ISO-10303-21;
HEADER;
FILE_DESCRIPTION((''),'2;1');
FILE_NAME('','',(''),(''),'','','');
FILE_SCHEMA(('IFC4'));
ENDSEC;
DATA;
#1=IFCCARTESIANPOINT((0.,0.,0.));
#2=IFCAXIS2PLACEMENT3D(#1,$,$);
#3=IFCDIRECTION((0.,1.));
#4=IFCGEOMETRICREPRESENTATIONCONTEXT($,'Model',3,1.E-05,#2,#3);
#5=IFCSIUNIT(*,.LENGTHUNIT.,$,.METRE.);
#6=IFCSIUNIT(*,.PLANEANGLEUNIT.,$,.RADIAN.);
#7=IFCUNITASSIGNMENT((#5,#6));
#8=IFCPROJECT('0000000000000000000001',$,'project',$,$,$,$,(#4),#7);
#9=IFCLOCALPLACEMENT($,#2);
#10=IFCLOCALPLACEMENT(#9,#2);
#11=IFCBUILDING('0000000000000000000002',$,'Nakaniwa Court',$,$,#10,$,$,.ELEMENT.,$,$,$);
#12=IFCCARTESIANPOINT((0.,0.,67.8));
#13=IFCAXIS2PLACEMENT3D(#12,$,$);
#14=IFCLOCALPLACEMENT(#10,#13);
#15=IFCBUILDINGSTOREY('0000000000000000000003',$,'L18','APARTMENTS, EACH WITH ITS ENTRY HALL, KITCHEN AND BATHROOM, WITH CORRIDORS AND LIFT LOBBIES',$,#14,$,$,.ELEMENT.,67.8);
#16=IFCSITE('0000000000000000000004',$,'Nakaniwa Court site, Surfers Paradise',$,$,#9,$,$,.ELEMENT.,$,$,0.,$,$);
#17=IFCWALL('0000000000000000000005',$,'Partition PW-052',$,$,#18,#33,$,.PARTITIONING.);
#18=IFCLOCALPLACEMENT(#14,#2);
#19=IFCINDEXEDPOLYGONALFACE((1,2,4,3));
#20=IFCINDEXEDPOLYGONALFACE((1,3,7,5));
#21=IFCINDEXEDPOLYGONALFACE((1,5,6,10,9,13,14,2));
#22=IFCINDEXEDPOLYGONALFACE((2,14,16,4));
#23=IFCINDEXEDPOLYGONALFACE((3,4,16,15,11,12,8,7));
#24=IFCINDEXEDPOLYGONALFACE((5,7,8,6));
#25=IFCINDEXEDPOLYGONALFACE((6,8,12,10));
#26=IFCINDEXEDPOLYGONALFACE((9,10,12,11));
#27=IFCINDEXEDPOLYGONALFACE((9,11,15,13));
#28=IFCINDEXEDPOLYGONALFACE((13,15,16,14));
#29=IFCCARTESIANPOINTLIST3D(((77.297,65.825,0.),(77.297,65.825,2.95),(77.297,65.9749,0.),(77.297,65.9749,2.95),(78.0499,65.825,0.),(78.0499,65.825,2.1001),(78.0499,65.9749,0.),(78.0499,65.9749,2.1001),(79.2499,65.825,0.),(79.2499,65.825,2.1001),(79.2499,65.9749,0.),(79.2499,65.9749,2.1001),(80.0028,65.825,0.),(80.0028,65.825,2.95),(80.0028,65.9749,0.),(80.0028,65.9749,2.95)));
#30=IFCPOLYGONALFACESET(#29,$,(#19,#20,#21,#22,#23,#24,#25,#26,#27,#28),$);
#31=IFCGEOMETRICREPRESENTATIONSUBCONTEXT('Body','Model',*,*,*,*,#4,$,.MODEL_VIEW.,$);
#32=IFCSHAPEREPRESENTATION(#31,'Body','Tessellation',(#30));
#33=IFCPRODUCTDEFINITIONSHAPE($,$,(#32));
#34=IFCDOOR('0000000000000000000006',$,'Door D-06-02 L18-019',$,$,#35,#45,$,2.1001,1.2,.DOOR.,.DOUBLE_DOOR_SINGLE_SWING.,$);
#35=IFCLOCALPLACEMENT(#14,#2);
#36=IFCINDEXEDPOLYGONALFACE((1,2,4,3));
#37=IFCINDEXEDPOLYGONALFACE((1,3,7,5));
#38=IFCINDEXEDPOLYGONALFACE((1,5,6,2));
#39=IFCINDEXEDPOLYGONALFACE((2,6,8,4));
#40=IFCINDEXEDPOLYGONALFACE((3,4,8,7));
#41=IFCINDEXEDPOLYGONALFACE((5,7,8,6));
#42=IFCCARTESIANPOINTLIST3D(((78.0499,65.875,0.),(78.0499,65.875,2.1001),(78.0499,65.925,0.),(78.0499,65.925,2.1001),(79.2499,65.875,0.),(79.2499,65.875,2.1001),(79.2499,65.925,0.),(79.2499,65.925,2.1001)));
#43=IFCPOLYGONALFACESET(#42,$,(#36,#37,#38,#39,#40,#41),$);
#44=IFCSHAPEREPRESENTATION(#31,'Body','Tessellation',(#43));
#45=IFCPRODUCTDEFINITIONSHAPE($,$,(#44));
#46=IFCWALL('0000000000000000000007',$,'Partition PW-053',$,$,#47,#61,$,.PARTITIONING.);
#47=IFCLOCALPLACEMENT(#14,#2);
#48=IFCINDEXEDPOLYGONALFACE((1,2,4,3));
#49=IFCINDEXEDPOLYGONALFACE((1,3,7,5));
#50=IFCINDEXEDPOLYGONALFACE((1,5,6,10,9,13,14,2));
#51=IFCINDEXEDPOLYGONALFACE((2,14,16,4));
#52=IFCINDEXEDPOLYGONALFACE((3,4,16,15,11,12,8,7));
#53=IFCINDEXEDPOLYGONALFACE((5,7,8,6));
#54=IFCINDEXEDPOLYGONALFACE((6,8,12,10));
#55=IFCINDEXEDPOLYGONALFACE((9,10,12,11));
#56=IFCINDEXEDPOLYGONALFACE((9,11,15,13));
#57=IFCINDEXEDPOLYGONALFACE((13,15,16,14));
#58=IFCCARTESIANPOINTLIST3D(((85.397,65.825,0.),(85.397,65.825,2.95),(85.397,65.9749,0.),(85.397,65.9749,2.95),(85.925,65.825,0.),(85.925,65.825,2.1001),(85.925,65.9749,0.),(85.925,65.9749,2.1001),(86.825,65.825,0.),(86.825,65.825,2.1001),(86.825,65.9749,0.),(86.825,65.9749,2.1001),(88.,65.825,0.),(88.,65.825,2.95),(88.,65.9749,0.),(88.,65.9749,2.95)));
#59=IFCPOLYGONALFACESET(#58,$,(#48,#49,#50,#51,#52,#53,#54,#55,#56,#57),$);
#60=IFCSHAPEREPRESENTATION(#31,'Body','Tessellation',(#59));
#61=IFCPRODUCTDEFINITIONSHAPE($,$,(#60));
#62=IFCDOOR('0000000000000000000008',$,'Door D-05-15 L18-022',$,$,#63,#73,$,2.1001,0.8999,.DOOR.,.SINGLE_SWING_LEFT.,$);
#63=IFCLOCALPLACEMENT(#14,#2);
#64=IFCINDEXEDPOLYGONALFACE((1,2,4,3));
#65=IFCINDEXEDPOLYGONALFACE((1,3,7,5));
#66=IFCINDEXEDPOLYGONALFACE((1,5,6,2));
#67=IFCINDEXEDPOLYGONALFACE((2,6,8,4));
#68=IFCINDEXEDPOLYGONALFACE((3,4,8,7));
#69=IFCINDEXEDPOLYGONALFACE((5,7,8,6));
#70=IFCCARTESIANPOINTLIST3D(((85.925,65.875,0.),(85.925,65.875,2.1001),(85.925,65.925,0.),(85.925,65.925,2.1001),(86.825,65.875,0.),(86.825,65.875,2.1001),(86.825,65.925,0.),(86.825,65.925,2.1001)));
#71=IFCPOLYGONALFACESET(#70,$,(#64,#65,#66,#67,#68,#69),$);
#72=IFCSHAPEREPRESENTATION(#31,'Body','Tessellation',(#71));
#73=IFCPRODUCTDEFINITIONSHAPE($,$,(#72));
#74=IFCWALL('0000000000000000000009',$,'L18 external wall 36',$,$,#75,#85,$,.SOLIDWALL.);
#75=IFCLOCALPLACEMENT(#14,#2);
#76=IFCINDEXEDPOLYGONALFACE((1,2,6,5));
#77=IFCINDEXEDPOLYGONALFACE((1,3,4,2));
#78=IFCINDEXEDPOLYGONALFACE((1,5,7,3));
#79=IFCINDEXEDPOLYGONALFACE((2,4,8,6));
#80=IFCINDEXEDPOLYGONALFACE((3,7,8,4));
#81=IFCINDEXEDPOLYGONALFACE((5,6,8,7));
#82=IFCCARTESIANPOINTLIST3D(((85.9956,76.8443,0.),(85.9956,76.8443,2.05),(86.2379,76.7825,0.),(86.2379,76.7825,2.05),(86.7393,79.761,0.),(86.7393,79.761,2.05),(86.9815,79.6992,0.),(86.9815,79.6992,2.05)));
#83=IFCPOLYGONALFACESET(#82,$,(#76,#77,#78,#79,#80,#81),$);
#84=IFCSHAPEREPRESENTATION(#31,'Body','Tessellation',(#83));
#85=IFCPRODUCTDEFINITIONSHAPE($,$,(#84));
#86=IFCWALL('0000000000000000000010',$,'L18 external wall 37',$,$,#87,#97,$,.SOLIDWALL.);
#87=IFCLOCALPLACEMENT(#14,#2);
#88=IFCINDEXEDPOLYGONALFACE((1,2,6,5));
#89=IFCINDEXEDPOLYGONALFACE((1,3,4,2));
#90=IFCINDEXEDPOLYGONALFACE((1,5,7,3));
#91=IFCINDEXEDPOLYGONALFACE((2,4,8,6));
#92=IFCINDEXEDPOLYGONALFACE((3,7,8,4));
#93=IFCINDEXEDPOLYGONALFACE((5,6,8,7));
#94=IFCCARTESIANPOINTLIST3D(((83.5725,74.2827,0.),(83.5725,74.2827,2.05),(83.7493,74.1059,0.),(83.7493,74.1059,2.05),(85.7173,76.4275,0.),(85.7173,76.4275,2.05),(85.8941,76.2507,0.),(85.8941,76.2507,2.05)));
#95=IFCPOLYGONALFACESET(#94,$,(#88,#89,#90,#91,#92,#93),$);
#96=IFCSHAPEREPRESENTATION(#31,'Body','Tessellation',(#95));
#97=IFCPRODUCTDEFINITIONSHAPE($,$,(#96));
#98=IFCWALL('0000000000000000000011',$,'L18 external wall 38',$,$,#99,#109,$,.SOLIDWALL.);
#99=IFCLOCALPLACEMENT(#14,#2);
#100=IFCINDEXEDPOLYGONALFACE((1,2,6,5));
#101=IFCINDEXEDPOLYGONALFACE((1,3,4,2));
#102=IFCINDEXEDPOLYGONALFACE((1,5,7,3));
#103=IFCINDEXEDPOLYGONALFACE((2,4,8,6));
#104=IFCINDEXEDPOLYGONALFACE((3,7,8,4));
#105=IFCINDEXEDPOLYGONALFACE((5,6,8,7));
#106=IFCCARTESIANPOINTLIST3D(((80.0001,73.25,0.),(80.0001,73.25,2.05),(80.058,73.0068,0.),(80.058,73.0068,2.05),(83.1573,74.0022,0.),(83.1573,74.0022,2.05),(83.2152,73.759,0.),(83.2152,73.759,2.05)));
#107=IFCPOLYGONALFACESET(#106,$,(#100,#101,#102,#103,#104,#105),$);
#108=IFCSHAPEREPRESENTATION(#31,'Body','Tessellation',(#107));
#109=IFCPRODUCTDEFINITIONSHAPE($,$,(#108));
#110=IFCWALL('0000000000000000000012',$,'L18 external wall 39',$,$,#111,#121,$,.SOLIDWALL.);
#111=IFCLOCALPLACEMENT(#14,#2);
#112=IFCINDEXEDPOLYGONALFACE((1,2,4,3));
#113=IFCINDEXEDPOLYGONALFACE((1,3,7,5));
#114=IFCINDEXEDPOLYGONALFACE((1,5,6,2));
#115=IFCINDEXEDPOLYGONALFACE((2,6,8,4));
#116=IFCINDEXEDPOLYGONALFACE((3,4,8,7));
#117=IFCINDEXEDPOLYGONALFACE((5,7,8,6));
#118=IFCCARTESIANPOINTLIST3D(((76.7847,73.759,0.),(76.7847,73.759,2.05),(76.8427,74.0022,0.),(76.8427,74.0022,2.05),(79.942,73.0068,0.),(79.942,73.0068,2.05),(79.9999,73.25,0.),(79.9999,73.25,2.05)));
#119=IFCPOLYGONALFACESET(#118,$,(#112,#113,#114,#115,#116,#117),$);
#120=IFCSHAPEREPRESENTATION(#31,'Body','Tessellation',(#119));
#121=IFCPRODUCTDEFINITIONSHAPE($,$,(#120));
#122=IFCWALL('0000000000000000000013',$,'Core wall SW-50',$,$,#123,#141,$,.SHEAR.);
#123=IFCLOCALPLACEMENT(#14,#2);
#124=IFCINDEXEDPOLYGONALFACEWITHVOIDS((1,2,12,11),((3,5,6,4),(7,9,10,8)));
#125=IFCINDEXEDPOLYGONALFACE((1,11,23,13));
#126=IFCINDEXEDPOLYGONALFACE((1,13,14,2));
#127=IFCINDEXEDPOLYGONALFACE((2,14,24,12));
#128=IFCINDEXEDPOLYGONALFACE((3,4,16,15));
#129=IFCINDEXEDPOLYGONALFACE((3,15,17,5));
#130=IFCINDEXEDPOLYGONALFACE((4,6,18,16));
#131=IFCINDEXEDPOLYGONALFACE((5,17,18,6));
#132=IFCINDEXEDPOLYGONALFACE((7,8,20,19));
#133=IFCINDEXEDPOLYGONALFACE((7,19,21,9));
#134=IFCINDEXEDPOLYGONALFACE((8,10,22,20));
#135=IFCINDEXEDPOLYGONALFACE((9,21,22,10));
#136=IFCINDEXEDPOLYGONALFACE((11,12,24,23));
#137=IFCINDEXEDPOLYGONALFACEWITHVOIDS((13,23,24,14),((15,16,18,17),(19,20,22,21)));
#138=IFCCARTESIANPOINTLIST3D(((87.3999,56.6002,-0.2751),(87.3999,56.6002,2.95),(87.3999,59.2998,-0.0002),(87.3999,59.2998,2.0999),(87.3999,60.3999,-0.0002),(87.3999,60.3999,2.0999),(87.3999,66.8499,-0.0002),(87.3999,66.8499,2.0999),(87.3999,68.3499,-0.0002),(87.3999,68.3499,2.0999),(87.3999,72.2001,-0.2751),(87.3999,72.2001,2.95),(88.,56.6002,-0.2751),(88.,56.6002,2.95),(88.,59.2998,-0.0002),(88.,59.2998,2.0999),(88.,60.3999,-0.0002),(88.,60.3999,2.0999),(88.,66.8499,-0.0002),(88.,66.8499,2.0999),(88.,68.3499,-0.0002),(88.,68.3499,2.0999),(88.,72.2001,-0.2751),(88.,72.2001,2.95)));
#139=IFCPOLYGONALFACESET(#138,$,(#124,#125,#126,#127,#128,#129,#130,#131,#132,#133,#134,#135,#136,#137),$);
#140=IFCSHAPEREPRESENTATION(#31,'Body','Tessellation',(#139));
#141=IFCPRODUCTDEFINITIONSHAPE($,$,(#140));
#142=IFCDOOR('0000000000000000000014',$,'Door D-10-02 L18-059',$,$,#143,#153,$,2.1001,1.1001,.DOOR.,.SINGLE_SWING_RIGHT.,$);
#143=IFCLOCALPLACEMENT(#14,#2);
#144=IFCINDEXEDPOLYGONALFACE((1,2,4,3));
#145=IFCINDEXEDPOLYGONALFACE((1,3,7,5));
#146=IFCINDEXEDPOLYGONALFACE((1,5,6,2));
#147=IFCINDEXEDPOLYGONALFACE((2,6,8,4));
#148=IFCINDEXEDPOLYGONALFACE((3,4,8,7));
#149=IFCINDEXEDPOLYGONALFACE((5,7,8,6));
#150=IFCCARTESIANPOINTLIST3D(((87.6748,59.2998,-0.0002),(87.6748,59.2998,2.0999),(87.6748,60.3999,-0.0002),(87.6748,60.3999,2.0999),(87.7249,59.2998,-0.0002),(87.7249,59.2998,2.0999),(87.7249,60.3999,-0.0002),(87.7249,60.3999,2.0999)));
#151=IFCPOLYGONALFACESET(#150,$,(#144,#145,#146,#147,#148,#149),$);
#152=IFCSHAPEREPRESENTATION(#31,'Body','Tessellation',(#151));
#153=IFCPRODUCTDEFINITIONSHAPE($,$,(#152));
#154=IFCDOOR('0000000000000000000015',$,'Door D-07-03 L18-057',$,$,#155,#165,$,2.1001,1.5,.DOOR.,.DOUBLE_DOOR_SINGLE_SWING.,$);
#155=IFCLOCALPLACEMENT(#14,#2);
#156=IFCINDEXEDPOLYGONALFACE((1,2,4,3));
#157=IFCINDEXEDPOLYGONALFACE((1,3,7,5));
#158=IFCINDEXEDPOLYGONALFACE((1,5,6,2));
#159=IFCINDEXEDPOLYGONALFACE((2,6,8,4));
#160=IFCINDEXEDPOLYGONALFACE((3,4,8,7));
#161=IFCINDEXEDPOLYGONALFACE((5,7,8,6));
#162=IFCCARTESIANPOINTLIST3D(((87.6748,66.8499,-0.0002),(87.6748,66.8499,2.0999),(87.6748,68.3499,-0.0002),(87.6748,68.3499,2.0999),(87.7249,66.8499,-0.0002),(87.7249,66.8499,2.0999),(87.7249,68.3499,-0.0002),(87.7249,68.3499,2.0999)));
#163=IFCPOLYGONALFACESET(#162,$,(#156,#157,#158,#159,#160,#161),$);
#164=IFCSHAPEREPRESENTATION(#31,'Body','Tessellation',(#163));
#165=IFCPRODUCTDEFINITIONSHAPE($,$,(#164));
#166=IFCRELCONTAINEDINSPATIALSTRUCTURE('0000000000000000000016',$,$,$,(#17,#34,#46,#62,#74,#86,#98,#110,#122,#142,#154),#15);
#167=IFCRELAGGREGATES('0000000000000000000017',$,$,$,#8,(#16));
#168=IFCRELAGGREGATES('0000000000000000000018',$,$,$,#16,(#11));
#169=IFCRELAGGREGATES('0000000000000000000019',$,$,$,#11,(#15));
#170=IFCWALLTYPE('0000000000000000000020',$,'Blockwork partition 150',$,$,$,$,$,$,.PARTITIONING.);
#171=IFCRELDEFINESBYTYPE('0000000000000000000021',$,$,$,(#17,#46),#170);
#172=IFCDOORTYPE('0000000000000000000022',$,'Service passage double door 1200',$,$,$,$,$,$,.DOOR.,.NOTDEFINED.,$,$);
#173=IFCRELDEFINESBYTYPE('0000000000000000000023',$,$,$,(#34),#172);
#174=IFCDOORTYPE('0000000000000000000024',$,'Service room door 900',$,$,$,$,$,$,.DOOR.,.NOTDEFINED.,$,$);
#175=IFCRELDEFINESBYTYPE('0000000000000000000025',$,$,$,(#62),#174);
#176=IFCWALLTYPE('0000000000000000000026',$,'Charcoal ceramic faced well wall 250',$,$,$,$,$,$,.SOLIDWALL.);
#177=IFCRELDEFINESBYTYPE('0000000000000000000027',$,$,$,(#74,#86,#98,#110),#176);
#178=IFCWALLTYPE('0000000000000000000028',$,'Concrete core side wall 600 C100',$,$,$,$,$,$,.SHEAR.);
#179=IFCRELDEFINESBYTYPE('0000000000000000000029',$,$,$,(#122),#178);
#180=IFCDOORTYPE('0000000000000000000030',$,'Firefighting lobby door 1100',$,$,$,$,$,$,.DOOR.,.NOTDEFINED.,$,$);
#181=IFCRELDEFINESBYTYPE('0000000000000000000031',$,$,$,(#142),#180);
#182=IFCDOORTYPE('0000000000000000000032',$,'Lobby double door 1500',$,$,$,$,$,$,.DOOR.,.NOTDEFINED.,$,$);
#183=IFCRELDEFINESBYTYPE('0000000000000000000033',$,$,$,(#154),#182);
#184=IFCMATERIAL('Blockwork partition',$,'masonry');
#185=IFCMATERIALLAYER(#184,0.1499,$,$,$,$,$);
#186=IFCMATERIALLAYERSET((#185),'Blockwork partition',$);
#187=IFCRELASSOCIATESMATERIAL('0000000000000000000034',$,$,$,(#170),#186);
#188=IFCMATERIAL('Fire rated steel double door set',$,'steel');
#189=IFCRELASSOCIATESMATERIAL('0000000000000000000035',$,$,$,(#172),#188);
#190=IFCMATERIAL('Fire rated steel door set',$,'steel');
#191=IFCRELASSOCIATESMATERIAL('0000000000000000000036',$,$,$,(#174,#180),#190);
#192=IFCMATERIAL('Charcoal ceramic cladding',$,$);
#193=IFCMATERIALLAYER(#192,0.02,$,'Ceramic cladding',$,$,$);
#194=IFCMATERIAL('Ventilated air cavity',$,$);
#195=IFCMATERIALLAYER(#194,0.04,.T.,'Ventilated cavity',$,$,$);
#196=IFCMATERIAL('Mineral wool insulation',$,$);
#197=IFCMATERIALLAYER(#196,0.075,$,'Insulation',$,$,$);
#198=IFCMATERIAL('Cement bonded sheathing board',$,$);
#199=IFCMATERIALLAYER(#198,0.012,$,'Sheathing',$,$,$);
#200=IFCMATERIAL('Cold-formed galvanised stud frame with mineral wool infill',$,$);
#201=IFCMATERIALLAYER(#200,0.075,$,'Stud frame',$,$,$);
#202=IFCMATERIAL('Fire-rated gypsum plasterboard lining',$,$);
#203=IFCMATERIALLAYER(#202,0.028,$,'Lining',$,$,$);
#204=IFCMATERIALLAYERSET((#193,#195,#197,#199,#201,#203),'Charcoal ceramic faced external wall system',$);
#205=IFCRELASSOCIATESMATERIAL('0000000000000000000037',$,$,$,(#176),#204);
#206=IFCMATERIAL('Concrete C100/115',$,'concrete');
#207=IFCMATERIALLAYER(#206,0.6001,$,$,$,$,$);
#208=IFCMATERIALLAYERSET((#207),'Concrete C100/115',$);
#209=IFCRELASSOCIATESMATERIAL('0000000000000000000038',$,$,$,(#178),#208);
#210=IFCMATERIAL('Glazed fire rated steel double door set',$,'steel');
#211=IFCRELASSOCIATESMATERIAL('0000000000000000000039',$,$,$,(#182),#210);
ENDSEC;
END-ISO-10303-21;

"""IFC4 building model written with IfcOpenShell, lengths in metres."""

from ifc_helpers import new_model, si_unit, direction, frame, frame_2d, origin, place, context, subcontext, project, spatial, rectangle, extrude, material, layer, layer_set, type_object, element, fill, save


model = new_model("IFC4")

# Units and contexts
model_context = context("Model", 3, precision=1e-05, world=origin(), true_north=direction((0.0, 1.0)))
body_context = subcontext(model_context, "Body", "Model", "MODEL_VIEW")
ifc_project = project(units=[si_unit("LENGTHUNIT", "METRE"), si_unit("PLANEANGLEUNIT", "RADIAN")], contexts=[model_context])

# Site, building, storey
site_placement = place(None, origin())
site = spatial("IfcSite", under=ifc_project, at=site_placement, Name="Nakaniwa Court site, Surfers Paradise", CompositionType="ELEMENT", RefElevation=0.0)
building_placement = place(site_placement, origin())
building = spatial("IfcBuilding", under=site, at=building_placement, Name="Nakaniwa Court", CompositionType="ELEMENT")
storey_placement = place(building_placement, frame((0.0, 0.0, 67.8)))
storey = spatial("IfcBuildingStorey", under=building, at=storey_placement, Name="L18", Description="APARTMENTS, EACH WITH ITS ENTRY HALL, KITCHEN AND BATHROOM, WITH CORRIDORS AND LIFT LOBBIES", CompositionType="ELEMENT", Elevation=67.8)

# Shared definitions
ifc_material_1 = material(Name="Concrete C100/115", Category="concrete")

# Walls, openings, doors
ifc_material_2 = material(Name="Blockwork partition", Category="masonry")
ifc_layer_1 = layer(ifc_material_2, 0.1499)
ifc_layer_set_1 = layer_set([ifc_layer_1], Name="Blockwork partition")
wall_type_1 = type_object("IfcWallType", Name="Blockwork partition 150", PredefinedType="PARTITIONING", material=ifc_layer_set_1)
wall_1_placement = place(storey_placement, frame((80.0029, 65.8999, 0.0), z_axis=(0.0, 0.0, 1.0), x_axis=(-1.0, 0.0, 0.0)))
wall_1 = element("IfcWall", 1, at=wall_1_placement, inside=storey, type_object=wall_type_1, Name="Partition PW-052", PredefinedType="PARTITIONING", context=body_context, shape_type="SweptSolid", body=[
    extrude(rectangle(XDim=2.7058, YDim=0.1499, at=frame_2d((1.353, 0.0))), origin(), (0.0, 0.0, 1.0), 2.95),
])
opening_1_placement = place(wall_1_placement, frame((0.7529, 0.0, 0.0)))
opening_1 = element("IfcOpeningElement", 2, at=opening_1_placement, cuts=wall_1, PredefinedType="OPENING", context=body_context, shape_type="SweptSolid", body=[
    extrude(rectangle(XDim=1.2, YDim=2.1001, at=frame_2d((0.6001, 1.05))), frame((0.0, 0.085, 0.0), z_axis=(0.0, -1.0, 0.0), x_axis=(1.0, 0.0, 0.0)), (0.0, 0.0, 1.0), 0.1699),
])
ifc_material_3 = material(Name="Fire rated steel double door set", Category="steel")
door_type_1 = type_object("IfcDoorType", Name="Service passage double door 1200", OperationType="NOTDEFINED", PredefinedType="DOOR", material=ifc_material_3)
door_1_placement = place(opening_1_placement, origin())
door_1 = element("IfcDoor", 3, at=door_1_placement, inside=storey, type_object=door_type_1, Name="Door D-06-02 L18-019", OperationType="DOUBLE_DOOR_SINGLE_SWING", OverallHeight=2.1001, OverallWidth=1.2, PredefinedType="DOOR", context=body_context, shape_type="SweptSolid", body=[
    extrude(rectangle(XDim=1.2, YDim=2.1001, at=frame_2d((0.6001, 1.05))), frame((0.0, 0.0249, 0.0), z_axis=(0.0, -1.0, 0.0), x_axis=(1.0, 0.0, 0.0)), (0.0, 0.0, 1.0), 0.05),
])
fill(opening_1, door_1)
wall_2_placement = place(storey_placement, frame((88.0, 65.8999, 0.0), z_axis=(0.0, 0.0, 1.0), x_axis=(-1.0, 0.0, 0.0)))
wall_2 = element("IfcWall", 4, at=wall_2_placement, inside=storey, type_object=wall_type_1, Name="Partition PW-053", PredefinedType="PARTITIONING", context=body_context, shape_type="SweptSolid", body=[
    extrude(rectangle(XDim=2.603, YDim=0.1499, at=frame_2d((1.3015, 0.0))), origin(), (0.0, 0.0, 1.0), 2.95),
])
opening_2_placement = place(wall_2_placement, frame((1.175, 0.0, 0.0)))
opening_2 = element("IfcOpeningElement", 5, at=opening_2_placement, cuts=wall_2, PredefinedType="OPENING", context=body_context, shape_type="SweptSolid", body=[
    extrude(rectangle(XDim=0.8999, YDim=2.1001, at=frame_2d((0.45, 1.05))), frame((0.0, 0.085, 0.0), z_axis=(0.0, -1.0, 0.0), x_axis=(1.0, 0.0, 0.0)), (0.0, 0.0, 1.0), 0.1699),
])
ifc_material_4 = material(Name="Fire rated steel door set", Category="steel")
door_type_2 = type_object("IfcDoorType", Name="Service room door 900", OperationType="NOTDEFINED", PredefinedType="DOOR", material=ifc_material_4)
door_2_placement = place(opening_2_placement, origin())
door_2 = element("IfcDoor", 6, at=door_2_placement, inside=storey, type_object=door_type_2, Name="Door D-05-15 L18-022", OperationType="SINGLE_SWING_LEFT", OverallHeight=2.1001, OverallWidth=0.8999, PredefinedType="DOOR", context=body_context, shape_type="SweptSolid", body=[
    extrude(rectangle(XDim=0.8999, YDim=2.1001, at=frame_2d((0.45, 1.05))), frame((0.0, 0.0249, 0.0), z_axis=(0.0, -1.0, 0.0), x_axis=(1.0, 0.0, 0.0)), (0.0, 0.0, 1.0), 0.05),
])
fill(opening_2, door_2)

# Walls
ifc_material_5 = material(Name="Charcoal ceramic cladding")
ifc_layer_2 = layer(ifc_material_5, 0.02, Name="Ceramic cladding")
ifc_material_6 = material(Name="Ventilated air cavity")
ifc_layer_3 = layer(ifc_material_6, 0.04, ventilated=True, Name="Ventilated cavity")
ifc_material_7 = material(Name="Mineral wool insulation")
ifc_layer_4 = layer(ifc_material_7, 0.075, Name="Insulation")
ifc_material_8 = material(Name="Cement bonded sheathing board")
ifc_layer_5 = layer(ifc_material_8, 0.012, Name="Sheathing")
ifc_material_9 = material(Name="Cold-formed galvanised stud frame with mineral wool infill")
ifc_layer_6 = layer(ifc_material_9, 0.075, Name="Stud frame")
ifc_material_10 = material(Name="Fire-rated gypsum plasterboard lining")
ifc_layer_7 = layer(ifc_material_10, 0.028, Name="Lining")
ifc_layer_set_2 = layer_set([ifc_layer_2, ifc_layer_3, ifc_layer_4, ifc_layer_5, ifc_layer_6, ifc_layer_7], Name="Charcoal ceramic faced external wall system")
wall_type_2 = type_object("IfcWallType", Name="Charcoal ceramic faced well wall 250", PredefinedType="SOLIDWALL", material=ifc_layer_set_2)
wall_3_placement = place(storey_placement, frame((86.8604, 79.73, 0.0), z_axis=(0.0, 0.0, 1.0), x_axis=(-0.247056, -0.969001, 0.0)))
element("IfcWall", 7, at=wall_3_placement, inside=storey, type_object=wall_type_2, Name="L18 external wall 36", PredefinedType="SOLIDWALL", context=body_context, shape_type="SweptSolid", body=[
    extrude(rectangle(XDim=3.01, YDim=0.25, at=frame_2d((1.5049, 0.0))), origin(), (0.0, 0.0, 1.0), 2.05),
])
wall_4_placement = place(storey_placement, frame((85.8057, 76.3391, 0.0), z_axis=(0.0, 0.0, 1.0), x_axis=(-0.707107, -0.707107, 0.0)))
element("IfcWall", 8, at=wall_4_placement, inside=storey, type_object=wall_type_2, Name="L18 external wall 37", PredefinedType="SOLIDWALL", context=body_context, shape_type="SweptSolid", body=[
    extrude(rectangle(XDim=3.0332, YDim=0.25, at=frame_2d((1.5166, 0.0))), origin(), (0.0, 0.0, 1.0), 2.05),
])
for number, where, z_axis, x_axis, name in (
    (9, (83.1863, 73.8806, 0.0), (0.0, 0.0, 1.0), (-0.972773, -0.23176, 0.0), "L18 external wall 38"),
    (10, (79.9709, 73.1284, 0.0), (0.0, 0.0, 1.0), (-0.972773, 0.23176, 0.0), "L18 external wall 39"),
):
    element("IfcWall", number, at=place(storey_placement, frame(where, z_axis=z_axis, x_axis=x_axis)), inside=storey, type_object=wall_type_2, Name=name, PredefinedType="SOLIDWALL", context=body_context, shape_type="SweptSolid", body=[
        extrude(rectangle(XDim=3.2456, YDim=0.25, at=frame_2d((1.6228, 0.0))), origin(), (0.0, 0.0, 1.0), 2.05),
    ])

# Wall, openings, doors
ifc_layer_8 = layer(ifc_material_1, 0.6001)
ifc_layer_set_3 = layer_set([ifc_layer_8], Name="Concrete C100/115")
wall_type_3 = type_object("IfcWallType", Name="Concrete core side wall 600 C100", PredefinedType="SHEAR", material=ifc_layer_set_3)
wall_5_placement = place(storey_placement, frame((87.7, 72.2, -0.2751), z_axis=(0.0, 0.0, 1.0), x_axis=(0.0, -1.0, 0.0)))
wall_5 = element("IfcWall", 11, at=wall_5_placement, inside=storey, type_object=wall_type_3, Name="Core wall SW-50", PredefinedType="SHEAR", context=body_context, shape_type="SweptSolid", body=[
    extrude(rectangle(XDim=15.5999, YDim=0.6001, at=frame_2d((7.7998, 0.0))), origin(), (0.0, 0.0, 1.0), 3.2251),
])
opening_3_placement = place(wall_5_placement, frame((3.8501, 0.0, 0.2749)))
opening_3 = element("IfcOpeningElement", 12, at=opening_3_placement, cuts=wall_5, PredefinedType="OPENING", context=body_context, shape_type="SweptSolid", body=[
    extrude(rectangle(XDim=1.5, YDim=2.1001, at=frame_2d((0.75, 1.05))), frame((0.0, 0.3101, 0.0), z_axis=(0.0, -1.0, 0.0), x_axis=(1.0, 0.0, 0.0)), (0.0, 0.0, 1.0), 0.6201),
])
opening_4_placement = place(wall_5_placement, frame((11.8, 0.0, 0.2749)))
opening_4 = element("IfcOpeningElement", 13, at=opening_4_placement, cuts=wall_5, PredefinedType="OPENING", context=body_context, shape_type="SweptSolid", body=[
    extrude(rectangle(XDim=1.1001, YDim=2.1001, at=frame_2d((0.55, 1.05))), frame((0.0, 0.3101, 0.0), z_axis=(0.0, -1.0, 0.0), x_axis=(1.0, 0.0, 0.0)), (0.0, 0.0, 1.0), 0.6201),
])
door_type_3 = type_object("IfcDoorType", Name="Firefighting lobby door 1100", OperationType="NOTDEFINED", PredefinedType="DOOR", material=ifc_material_4)
door_3_placement = place(opening_4_placement, origin())
door_3 = element("IfcDoor", 14, at=door_3_placement, inside=storey, type_object=door_type_3, Name="Door D-10-02 L18-059", OperationType="SINGLE_SWING_RIGHT", OverallHeight=2.1001, OverallWidth=1.1001, PredefinedType="DOOR", context=body_context, shape_type="SweptSolid", body=[
    extrude(rectangle(XDim=1.1001, YDim=2.1001, at=frame_2d((0.55, 1.05))), frame((0.0, 0.0249, 0.0), z_axis=(0.0, -1.0, 0.0), x_axis=(1.0, 0.0, 0.0)), (0.0, 0.0, 1.0), 0.05),
])
fill(opening_4, door_3)
ifc_material_11 = material(Name="Glazed fire rated steel double door set", Category="steel")
door_type_4 = type_object("IfcDoorType", Name="Lobby double door 1500", OperationType="NOTDEFINED", PredefinedType="DOOR", material=ifc_material_11)
door_4_placement = place(opening_3_placement, origin())
door_4 = element("IfcDoor", 15, at=door_4_placement, inside=storey, type_object=door_type_4, Name="Door D-07-03 L18-057", OperationType="DOUBLE_DOOR_SINGLE_SWING", OverallHeight=2.1001, OverallWidth=1.5, PredefinedType="DOOR", context=body_context, shape_type="SweptSolid", body=[
    extrude(rectangle(XDim=1.5, YDim=2.1001, at=frame_2d((0.75, 1.05))), frame((0.0, 0.0249, 0.0), z_axis=(0.0, -1.0, 0.0), x_axis=(1.0, 0.0, 0.0)), (0.0, 0.0, 1.0), 0.05),
])
fill(opening_3, door_4)

save(model, "model.ifc")
